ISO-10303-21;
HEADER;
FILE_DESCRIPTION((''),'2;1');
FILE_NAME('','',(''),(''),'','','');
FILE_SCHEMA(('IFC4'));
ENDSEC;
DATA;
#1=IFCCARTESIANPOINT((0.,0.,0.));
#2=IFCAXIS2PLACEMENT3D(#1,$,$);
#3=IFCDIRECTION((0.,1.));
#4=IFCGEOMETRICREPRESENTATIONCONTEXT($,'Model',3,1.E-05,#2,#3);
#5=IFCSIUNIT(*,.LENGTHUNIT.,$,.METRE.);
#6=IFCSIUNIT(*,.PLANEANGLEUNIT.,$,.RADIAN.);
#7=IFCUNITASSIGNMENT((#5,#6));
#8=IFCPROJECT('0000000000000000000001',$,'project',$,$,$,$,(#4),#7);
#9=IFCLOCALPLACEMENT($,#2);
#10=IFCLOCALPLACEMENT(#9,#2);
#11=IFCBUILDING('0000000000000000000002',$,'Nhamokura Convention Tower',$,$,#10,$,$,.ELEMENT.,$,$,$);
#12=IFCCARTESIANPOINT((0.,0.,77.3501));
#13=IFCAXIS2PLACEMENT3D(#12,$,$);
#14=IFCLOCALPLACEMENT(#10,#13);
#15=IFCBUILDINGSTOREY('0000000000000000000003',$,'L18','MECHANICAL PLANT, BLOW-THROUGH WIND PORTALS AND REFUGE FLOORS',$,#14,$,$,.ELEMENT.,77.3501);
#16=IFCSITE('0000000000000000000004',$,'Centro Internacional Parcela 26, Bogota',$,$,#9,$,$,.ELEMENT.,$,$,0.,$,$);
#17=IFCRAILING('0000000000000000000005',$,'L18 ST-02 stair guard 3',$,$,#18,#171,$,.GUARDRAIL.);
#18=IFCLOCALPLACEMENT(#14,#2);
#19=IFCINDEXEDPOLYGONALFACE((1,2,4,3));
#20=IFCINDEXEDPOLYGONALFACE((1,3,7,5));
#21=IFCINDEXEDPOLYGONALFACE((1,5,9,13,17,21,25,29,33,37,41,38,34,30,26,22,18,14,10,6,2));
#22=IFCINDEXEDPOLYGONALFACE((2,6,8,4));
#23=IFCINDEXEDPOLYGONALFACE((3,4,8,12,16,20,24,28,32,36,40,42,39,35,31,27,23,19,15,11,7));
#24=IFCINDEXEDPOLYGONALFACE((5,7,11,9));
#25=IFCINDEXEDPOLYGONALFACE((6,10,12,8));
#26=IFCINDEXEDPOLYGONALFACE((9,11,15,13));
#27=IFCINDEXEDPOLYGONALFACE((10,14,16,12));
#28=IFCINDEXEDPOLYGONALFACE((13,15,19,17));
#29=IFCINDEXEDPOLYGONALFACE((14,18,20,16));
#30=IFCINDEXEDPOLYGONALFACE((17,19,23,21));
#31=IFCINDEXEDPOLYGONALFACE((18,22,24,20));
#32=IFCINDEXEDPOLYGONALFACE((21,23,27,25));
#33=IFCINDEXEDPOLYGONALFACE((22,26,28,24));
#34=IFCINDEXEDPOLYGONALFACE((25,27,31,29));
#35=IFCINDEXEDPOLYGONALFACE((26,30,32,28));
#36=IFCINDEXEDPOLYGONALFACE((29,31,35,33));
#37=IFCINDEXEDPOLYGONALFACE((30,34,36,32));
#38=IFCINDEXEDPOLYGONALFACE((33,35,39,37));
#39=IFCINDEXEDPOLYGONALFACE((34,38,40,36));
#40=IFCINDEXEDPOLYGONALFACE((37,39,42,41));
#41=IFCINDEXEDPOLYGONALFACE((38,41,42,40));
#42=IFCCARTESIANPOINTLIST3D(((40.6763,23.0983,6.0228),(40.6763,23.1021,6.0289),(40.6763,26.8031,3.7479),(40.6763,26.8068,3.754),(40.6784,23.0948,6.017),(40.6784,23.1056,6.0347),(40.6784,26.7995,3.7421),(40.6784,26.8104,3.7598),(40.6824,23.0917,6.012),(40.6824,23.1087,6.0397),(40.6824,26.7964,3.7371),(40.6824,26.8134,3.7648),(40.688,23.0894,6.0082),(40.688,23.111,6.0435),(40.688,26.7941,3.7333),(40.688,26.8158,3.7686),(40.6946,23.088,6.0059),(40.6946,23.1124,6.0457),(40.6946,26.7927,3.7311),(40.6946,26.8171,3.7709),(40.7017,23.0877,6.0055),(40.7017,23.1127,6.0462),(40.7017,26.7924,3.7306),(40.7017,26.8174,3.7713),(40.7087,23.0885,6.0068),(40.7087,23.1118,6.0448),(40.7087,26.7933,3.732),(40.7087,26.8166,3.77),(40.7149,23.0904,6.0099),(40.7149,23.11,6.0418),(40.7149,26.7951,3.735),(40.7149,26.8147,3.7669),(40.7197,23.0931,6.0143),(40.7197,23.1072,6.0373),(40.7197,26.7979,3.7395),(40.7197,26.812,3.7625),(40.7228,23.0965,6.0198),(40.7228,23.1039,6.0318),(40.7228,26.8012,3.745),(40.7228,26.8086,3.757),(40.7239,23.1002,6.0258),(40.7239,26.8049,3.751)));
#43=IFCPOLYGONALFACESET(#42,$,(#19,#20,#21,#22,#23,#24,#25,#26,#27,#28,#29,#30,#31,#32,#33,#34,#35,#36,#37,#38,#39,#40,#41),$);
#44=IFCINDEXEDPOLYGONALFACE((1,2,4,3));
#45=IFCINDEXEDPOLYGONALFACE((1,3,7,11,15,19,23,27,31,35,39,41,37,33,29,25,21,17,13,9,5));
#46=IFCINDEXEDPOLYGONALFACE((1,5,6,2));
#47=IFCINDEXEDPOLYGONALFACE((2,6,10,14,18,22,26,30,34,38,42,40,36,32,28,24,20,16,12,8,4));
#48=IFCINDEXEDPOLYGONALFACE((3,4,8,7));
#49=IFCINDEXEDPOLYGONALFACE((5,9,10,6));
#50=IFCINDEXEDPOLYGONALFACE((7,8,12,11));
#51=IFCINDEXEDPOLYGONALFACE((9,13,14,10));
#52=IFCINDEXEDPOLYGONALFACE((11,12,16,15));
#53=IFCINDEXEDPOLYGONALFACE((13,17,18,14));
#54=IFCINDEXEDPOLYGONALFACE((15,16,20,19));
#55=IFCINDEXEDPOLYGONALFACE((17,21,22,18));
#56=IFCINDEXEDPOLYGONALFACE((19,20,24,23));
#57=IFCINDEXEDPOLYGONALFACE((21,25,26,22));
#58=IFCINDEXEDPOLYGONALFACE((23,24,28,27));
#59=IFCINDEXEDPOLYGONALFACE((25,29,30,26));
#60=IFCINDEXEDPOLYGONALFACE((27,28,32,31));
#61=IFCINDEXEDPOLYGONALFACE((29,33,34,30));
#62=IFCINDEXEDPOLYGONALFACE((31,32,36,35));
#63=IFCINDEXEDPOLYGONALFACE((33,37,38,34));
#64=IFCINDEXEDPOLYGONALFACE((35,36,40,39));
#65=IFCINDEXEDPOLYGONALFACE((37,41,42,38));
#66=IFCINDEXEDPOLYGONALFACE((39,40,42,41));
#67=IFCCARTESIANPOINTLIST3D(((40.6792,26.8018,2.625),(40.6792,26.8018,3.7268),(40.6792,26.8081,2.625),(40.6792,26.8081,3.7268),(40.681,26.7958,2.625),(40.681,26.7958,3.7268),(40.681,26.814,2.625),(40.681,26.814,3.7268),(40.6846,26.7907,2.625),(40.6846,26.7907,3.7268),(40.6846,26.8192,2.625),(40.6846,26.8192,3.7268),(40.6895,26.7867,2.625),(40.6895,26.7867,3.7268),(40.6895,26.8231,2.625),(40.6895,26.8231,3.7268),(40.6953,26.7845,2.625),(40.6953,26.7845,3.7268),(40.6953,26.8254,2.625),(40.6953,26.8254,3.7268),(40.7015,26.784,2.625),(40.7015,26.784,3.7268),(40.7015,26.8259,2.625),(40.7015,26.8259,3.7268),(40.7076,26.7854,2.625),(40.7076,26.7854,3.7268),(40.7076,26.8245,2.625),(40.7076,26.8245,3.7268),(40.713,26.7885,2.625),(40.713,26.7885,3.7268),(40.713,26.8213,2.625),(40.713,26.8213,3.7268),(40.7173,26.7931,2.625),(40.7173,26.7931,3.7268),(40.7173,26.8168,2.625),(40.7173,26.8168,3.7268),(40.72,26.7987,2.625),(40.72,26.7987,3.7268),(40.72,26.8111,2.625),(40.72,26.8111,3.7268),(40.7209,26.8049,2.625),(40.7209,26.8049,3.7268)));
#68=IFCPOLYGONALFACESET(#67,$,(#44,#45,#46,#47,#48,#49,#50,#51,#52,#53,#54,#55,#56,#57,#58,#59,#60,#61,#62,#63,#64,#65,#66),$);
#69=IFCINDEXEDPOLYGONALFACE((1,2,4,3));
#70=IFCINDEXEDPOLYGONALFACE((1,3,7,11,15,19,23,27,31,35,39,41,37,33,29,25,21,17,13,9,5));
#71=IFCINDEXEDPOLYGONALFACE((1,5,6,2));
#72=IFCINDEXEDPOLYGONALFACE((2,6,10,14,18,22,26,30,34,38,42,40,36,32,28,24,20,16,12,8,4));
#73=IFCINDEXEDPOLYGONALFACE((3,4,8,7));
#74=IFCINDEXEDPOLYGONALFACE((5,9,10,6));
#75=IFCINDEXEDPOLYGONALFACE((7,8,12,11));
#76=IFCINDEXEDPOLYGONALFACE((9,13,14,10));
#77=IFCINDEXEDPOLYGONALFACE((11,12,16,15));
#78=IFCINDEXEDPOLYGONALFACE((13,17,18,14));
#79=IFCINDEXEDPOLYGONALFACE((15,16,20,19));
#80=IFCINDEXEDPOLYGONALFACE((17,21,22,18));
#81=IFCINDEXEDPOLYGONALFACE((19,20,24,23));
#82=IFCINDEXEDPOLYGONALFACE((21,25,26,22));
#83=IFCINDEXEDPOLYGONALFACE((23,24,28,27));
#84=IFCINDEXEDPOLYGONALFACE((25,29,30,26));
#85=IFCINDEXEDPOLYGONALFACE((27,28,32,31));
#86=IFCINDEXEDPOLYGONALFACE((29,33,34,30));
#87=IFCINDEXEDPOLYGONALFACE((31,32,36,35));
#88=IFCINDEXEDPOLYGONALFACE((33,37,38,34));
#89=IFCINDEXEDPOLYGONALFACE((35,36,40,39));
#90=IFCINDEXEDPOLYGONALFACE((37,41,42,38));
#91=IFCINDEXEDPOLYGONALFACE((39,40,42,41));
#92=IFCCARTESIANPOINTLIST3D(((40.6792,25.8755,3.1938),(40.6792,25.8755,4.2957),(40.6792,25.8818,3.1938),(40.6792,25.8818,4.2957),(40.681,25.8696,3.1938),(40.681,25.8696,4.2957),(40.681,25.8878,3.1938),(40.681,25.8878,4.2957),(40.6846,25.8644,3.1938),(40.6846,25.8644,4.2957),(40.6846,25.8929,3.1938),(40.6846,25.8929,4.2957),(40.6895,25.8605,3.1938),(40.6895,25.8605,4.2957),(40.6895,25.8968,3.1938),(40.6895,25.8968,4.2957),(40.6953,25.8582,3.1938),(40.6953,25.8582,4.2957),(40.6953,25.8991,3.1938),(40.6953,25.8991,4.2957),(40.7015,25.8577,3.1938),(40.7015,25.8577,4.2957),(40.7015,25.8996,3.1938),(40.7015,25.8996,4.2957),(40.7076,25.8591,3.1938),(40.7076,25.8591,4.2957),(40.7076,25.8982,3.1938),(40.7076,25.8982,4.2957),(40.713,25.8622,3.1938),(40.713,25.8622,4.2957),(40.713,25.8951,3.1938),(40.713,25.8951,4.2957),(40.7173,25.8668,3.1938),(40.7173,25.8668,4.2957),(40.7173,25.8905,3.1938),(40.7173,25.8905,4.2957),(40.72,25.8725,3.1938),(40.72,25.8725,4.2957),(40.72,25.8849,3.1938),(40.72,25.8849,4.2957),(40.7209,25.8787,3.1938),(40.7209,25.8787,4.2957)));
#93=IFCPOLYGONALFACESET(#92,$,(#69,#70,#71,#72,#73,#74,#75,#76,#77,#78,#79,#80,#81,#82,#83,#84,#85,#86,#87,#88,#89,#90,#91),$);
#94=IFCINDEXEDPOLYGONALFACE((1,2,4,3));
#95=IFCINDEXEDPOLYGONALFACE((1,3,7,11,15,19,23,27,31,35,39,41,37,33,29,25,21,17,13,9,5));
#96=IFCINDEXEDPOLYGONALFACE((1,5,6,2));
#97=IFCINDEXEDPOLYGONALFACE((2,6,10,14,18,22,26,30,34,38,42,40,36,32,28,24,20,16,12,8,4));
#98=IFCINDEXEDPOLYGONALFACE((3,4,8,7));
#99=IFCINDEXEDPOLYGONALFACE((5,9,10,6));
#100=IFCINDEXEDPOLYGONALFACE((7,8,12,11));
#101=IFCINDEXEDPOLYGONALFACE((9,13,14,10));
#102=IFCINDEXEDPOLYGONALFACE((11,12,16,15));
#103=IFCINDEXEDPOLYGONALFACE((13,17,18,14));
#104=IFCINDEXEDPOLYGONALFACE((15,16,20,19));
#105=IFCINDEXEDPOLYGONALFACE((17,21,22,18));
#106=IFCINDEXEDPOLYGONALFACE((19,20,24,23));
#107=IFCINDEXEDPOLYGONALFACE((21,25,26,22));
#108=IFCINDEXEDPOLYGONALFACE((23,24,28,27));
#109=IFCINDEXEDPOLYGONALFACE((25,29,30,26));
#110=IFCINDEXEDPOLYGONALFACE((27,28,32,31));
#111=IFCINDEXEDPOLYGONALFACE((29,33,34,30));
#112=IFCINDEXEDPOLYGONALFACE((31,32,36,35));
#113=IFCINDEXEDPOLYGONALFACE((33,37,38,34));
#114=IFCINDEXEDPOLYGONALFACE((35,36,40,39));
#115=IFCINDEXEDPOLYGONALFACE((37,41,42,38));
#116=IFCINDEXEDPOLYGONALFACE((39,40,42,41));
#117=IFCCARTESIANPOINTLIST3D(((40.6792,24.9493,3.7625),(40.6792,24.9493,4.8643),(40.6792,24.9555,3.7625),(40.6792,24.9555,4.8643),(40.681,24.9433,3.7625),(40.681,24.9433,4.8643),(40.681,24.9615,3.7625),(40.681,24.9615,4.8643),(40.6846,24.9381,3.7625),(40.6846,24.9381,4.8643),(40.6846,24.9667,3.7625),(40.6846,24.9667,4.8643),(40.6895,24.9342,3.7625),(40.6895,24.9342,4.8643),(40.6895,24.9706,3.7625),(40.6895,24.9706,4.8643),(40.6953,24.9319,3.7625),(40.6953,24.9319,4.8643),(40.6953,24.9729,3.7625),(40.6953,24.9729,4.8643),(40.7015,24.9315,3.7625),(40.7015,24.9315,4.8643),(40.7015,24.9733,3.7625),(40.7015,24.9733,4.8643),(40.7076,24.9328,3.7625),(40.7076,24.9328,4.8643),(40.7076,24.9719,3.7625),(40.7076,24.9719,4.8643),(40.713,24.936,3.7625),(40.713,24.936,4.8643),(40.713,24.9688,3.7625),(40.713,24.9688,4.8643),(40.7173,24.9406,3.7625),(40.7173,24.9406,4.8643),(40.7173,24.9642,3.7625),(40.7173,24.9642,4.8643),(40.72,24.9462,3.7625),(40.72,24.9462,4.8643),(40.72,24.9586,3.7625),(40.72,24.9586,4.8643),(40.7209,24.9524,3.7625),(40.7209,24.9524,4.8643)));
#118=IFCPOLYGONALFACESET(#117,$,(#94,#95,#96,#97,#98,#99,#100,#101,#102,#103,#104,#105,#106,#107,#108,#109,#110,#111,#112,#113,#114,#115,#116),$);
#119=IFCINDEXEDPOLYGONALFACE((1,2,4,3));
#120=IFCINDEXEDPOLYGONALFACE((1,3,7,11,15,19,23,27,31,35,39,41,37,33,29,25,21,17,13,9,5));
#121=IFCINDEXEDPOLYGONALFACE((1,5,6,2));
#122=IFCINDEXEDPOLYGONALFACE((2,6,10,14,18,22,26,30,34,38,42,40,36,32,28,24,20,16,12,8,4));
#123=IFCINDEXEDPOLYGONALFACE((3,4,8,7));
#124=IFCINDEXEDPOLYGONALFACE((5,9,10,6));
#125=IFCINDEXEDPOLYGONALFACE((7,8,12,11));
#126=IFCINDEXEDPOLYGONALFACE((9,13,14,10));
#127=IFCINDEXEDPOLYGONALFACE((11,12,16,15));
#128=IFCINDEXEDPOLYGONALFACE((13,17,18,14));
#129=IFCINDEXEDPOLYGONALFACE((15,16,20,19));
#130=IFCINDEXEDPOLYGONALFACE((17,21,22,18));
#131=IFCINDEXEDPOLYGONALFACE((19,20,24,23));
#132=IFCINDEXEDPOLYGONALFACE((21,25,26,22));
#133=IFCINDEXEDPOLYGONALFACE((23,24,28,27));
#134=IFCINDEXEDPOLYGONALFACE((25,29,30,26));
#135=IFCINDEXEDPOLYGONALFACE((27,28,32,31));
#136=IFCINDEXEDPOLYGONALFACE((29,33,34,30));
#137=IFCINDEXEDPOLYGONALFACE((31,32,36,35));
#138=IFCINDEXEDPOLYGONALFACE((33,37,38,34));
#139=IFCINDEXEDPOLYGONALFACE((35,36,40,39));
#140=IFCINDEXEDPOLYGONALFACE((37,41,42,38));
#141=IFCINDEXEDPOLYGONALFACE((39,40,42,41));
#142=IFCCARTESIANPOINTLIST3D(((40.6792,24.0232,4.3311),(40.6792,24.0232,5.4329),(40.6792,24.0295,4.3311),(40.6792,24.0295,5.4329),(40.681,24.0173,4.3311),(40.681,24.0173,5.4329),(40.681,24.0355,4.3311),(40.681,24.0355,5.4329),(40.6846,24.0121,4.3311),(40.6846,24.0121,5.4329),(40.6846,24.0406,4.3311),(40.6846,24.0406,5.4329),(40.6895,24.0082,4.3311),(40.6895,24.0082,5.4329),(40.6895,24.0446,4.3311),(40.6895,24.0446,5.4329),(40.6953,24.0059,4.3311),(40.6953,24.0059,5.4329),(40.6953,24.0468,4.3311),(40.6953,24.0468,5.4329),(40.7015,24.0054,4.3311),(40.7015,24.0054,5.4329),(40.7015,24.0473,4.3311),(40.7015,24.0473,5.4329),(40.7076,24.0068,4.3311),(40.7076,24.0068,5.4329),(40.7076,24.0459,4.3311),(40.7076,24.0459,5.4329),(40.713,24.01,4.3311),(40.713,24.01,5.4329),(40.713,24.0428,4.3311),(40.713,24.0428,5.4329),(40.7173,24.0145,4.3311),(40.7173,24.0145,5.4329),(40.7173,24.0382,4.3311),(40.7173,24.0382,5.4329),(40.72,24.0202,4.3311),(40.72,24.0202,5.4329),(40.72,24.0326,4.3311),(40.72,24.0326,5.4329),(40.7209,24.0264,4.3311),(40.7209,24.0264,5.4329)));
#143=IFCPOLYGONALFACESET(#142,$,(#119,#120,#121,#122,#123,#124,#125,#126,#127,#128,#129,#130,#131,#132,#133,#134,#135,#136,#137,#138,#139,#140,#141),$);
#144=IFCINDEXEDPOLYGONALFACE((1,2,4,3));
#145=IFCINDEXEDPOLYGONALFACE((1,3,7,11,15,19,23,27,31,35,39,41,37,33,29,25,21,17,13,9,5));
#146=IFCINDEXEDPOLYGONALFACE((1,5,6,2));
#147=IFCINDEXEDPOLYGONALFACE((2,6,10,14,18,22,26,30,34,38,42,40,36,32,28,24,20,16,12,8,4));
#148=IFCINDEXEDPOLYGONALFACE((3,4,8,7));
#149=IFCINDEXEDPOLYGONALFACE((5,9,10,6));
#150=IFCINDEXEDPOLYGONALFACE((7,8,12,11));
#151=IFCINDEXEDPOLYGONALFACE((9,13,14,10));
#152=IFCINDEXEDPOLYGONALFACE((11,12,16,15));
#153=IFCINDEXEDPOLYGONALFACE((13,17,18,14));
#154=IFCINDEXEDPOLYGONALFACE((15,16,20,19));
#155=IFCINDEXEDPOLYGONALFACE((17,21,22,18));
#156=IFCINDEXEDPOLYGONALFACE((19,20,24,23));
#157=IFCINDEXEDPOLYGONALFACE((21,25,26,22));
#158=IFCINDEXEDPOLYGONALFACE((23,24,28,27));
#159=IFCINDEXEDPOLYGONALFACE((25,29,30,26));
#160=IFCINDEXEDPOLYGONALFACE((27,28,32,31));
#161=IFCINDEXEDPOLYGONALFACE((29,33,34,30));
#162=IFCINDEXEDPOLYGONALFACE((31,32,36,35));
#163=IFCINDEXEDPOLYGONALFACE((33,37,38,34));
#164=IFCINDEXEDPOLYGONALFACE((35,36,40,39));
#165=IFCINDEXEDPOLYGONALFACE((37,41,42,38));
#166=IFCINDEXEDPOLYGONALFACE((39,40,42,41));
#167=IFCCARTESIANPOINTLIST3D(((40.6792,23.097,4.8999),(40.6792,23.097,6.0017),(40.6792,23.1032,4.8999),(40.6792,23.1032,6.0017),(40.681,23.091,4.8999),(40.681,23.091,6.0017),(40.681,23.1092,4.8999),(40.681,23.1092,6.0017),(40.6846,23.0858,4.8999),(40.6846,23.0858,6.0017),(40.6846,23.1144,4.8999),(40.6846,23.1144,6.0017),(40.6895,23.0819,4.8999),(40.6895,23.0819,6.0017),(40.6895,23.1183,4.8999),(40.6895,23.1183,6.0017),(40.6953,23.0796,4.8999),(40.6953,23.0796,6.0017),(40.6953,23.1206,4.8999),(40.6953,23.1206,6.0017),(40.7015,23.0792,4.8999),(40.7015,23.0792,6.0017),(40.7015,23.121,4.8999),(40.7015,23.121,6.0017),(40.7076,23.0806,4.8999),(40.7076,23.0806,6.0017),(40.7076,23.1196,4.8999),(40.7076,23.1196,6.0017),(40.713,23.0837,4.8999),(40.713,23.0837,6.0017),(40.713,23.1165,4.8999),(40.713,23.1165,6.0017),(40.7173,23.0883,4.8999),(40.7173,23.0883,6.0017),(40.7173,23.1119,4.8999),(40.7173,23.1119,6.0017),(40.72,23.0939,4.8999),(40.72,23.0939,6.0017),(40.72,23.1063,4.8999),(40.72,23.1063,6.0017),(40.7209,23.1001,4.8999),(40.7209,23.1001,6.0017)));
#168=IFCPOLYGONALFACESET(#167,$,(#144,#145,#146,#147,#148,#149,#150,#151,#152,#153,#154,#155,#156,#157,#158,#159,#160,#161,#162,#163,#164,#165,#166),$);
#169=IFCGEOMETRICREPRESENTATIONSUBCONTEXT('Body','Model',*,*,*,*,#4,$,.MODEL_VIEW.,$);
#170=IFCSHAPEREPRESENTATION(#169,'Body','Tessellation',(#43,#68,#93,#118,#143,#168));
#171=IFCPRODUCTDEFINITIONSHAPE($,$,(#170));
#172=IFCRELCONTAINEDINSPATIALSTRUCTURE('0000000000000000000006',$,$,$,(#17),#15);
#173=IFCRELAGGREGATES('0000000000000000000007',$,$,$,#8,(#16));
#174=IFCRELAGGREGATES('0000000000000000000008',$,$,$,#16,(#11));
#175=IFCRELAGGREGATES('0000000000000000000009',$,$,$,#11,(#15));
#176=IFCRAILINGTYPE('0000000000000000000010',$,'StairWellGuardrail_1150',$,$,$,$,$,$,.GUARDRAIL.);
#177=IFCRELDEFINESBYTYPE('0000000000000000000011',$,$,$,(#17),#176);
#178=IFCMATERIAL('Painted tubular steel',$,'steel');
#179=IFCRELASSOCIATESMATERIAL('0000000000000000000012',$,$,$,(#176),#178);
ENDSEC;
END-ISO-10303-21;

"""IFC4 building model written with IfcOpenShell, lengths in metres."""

from ifc_helpers import new_model, si_unit, direction, frame, origin, origin_2d, place, context, subcontext, project, spatial, circle, extrude, material, type_object, element, save


model = new_model("IFC4")

# Units and contexts
model_context = context("Model", 3, precision=1e-05, world=origin(), true_north=direction((0.0, 1.0)))
body_context = subcontext(model_context, "Body", "Model", "MODEL_VIEW")
ifc_project = project(units=[si_unit("LENGTHUNIT", "METRE"), si_unit("PLANEANGLEUNIT", "RADIAN")], contexts=[model_context])

# Site, building, storey
site_placement = place(None, origin())
site = spatial("IfcSite", under=ifc_project, at=site_placement, Name="Centro Internacional Parcela 26, Bogota", CompositionType="ELEMENT", RefElevation=0.0)
building_placement = place(site_placement, origin())
building = spatial("IfcBuilding", under=site, at=building_placement, Name="Nhamokura Convention Tower", CompositionType="ELEMENT")
storey_placement = place(building_placement, frame((0.0, 0.0, 77.3501)))
storey = spatial("IfcBuildingStorey", under=building, at=storey_placement, Name="L18", Description="MECHANICAL PLANT, BLOW-THROUGH WIND PORTALS AND REFUGE FLOORS", CompositionType="ELEMENT", Elevation=77.3501)

# Railing
ifc_material_1 = material(Name="Painted tubular steel", Category="steel")
railing_type_1 = type_object("IfcRailingType", Name="StairWellGuardrail_1150", PredefinedType="GUARDRAIL", material=ifc_material_1)
railing_1_placement = place(storey_placement, frame((40.7, 26.8049, 2.625)))
element("IfcRailing", 1, at=railing_1_placement, inside=storey, type_object=railing_type_1, Name="L18 ST-02 stair guard 3", PredefinedType="GUARDRAIL", context=body_context, shape_type="SweptSolid", body=[
    extrude(circle(Radius=0.0239, at=origin_2d()), frame((0.0, 0.0, 1.126), z_axis=(0.0, -0.852171, 0.523264), x_axis=(1.0, 0.0, 0.0)), (0.0, 0.0, 1.0), 4.3474),
    extrude(circle(Radius=0.021, at=origin_2d()), origin(), (0.0, 0.0, 1.0), 1.1018),
    extrude(circle(Radius=0.021, at=origin_2d()), frame((0.0, -0.9263, 0.5688)), (0.0, 0.0, 1.0), 1.1018),
    extrude(circle(Radius=0.021, at=origin_2d()), frame((0.0, -1.8525, 1.1375)), (0.0, 0.0, 1.0), 1.1018),
    extrude(circle(Radius=0.021, at=origin_2d()), frame((0.0, -2.7786, 1.7061)), (0.0, 0.0, 1.0), 1.1018),
    extrude(circle(Radius=0.021, at=origin_2d()), frame((0.0, -3.7048, 2.2749)), (0.0, 0.0, 1.0), 1.1018),
])

save(model, "model.ifc")
